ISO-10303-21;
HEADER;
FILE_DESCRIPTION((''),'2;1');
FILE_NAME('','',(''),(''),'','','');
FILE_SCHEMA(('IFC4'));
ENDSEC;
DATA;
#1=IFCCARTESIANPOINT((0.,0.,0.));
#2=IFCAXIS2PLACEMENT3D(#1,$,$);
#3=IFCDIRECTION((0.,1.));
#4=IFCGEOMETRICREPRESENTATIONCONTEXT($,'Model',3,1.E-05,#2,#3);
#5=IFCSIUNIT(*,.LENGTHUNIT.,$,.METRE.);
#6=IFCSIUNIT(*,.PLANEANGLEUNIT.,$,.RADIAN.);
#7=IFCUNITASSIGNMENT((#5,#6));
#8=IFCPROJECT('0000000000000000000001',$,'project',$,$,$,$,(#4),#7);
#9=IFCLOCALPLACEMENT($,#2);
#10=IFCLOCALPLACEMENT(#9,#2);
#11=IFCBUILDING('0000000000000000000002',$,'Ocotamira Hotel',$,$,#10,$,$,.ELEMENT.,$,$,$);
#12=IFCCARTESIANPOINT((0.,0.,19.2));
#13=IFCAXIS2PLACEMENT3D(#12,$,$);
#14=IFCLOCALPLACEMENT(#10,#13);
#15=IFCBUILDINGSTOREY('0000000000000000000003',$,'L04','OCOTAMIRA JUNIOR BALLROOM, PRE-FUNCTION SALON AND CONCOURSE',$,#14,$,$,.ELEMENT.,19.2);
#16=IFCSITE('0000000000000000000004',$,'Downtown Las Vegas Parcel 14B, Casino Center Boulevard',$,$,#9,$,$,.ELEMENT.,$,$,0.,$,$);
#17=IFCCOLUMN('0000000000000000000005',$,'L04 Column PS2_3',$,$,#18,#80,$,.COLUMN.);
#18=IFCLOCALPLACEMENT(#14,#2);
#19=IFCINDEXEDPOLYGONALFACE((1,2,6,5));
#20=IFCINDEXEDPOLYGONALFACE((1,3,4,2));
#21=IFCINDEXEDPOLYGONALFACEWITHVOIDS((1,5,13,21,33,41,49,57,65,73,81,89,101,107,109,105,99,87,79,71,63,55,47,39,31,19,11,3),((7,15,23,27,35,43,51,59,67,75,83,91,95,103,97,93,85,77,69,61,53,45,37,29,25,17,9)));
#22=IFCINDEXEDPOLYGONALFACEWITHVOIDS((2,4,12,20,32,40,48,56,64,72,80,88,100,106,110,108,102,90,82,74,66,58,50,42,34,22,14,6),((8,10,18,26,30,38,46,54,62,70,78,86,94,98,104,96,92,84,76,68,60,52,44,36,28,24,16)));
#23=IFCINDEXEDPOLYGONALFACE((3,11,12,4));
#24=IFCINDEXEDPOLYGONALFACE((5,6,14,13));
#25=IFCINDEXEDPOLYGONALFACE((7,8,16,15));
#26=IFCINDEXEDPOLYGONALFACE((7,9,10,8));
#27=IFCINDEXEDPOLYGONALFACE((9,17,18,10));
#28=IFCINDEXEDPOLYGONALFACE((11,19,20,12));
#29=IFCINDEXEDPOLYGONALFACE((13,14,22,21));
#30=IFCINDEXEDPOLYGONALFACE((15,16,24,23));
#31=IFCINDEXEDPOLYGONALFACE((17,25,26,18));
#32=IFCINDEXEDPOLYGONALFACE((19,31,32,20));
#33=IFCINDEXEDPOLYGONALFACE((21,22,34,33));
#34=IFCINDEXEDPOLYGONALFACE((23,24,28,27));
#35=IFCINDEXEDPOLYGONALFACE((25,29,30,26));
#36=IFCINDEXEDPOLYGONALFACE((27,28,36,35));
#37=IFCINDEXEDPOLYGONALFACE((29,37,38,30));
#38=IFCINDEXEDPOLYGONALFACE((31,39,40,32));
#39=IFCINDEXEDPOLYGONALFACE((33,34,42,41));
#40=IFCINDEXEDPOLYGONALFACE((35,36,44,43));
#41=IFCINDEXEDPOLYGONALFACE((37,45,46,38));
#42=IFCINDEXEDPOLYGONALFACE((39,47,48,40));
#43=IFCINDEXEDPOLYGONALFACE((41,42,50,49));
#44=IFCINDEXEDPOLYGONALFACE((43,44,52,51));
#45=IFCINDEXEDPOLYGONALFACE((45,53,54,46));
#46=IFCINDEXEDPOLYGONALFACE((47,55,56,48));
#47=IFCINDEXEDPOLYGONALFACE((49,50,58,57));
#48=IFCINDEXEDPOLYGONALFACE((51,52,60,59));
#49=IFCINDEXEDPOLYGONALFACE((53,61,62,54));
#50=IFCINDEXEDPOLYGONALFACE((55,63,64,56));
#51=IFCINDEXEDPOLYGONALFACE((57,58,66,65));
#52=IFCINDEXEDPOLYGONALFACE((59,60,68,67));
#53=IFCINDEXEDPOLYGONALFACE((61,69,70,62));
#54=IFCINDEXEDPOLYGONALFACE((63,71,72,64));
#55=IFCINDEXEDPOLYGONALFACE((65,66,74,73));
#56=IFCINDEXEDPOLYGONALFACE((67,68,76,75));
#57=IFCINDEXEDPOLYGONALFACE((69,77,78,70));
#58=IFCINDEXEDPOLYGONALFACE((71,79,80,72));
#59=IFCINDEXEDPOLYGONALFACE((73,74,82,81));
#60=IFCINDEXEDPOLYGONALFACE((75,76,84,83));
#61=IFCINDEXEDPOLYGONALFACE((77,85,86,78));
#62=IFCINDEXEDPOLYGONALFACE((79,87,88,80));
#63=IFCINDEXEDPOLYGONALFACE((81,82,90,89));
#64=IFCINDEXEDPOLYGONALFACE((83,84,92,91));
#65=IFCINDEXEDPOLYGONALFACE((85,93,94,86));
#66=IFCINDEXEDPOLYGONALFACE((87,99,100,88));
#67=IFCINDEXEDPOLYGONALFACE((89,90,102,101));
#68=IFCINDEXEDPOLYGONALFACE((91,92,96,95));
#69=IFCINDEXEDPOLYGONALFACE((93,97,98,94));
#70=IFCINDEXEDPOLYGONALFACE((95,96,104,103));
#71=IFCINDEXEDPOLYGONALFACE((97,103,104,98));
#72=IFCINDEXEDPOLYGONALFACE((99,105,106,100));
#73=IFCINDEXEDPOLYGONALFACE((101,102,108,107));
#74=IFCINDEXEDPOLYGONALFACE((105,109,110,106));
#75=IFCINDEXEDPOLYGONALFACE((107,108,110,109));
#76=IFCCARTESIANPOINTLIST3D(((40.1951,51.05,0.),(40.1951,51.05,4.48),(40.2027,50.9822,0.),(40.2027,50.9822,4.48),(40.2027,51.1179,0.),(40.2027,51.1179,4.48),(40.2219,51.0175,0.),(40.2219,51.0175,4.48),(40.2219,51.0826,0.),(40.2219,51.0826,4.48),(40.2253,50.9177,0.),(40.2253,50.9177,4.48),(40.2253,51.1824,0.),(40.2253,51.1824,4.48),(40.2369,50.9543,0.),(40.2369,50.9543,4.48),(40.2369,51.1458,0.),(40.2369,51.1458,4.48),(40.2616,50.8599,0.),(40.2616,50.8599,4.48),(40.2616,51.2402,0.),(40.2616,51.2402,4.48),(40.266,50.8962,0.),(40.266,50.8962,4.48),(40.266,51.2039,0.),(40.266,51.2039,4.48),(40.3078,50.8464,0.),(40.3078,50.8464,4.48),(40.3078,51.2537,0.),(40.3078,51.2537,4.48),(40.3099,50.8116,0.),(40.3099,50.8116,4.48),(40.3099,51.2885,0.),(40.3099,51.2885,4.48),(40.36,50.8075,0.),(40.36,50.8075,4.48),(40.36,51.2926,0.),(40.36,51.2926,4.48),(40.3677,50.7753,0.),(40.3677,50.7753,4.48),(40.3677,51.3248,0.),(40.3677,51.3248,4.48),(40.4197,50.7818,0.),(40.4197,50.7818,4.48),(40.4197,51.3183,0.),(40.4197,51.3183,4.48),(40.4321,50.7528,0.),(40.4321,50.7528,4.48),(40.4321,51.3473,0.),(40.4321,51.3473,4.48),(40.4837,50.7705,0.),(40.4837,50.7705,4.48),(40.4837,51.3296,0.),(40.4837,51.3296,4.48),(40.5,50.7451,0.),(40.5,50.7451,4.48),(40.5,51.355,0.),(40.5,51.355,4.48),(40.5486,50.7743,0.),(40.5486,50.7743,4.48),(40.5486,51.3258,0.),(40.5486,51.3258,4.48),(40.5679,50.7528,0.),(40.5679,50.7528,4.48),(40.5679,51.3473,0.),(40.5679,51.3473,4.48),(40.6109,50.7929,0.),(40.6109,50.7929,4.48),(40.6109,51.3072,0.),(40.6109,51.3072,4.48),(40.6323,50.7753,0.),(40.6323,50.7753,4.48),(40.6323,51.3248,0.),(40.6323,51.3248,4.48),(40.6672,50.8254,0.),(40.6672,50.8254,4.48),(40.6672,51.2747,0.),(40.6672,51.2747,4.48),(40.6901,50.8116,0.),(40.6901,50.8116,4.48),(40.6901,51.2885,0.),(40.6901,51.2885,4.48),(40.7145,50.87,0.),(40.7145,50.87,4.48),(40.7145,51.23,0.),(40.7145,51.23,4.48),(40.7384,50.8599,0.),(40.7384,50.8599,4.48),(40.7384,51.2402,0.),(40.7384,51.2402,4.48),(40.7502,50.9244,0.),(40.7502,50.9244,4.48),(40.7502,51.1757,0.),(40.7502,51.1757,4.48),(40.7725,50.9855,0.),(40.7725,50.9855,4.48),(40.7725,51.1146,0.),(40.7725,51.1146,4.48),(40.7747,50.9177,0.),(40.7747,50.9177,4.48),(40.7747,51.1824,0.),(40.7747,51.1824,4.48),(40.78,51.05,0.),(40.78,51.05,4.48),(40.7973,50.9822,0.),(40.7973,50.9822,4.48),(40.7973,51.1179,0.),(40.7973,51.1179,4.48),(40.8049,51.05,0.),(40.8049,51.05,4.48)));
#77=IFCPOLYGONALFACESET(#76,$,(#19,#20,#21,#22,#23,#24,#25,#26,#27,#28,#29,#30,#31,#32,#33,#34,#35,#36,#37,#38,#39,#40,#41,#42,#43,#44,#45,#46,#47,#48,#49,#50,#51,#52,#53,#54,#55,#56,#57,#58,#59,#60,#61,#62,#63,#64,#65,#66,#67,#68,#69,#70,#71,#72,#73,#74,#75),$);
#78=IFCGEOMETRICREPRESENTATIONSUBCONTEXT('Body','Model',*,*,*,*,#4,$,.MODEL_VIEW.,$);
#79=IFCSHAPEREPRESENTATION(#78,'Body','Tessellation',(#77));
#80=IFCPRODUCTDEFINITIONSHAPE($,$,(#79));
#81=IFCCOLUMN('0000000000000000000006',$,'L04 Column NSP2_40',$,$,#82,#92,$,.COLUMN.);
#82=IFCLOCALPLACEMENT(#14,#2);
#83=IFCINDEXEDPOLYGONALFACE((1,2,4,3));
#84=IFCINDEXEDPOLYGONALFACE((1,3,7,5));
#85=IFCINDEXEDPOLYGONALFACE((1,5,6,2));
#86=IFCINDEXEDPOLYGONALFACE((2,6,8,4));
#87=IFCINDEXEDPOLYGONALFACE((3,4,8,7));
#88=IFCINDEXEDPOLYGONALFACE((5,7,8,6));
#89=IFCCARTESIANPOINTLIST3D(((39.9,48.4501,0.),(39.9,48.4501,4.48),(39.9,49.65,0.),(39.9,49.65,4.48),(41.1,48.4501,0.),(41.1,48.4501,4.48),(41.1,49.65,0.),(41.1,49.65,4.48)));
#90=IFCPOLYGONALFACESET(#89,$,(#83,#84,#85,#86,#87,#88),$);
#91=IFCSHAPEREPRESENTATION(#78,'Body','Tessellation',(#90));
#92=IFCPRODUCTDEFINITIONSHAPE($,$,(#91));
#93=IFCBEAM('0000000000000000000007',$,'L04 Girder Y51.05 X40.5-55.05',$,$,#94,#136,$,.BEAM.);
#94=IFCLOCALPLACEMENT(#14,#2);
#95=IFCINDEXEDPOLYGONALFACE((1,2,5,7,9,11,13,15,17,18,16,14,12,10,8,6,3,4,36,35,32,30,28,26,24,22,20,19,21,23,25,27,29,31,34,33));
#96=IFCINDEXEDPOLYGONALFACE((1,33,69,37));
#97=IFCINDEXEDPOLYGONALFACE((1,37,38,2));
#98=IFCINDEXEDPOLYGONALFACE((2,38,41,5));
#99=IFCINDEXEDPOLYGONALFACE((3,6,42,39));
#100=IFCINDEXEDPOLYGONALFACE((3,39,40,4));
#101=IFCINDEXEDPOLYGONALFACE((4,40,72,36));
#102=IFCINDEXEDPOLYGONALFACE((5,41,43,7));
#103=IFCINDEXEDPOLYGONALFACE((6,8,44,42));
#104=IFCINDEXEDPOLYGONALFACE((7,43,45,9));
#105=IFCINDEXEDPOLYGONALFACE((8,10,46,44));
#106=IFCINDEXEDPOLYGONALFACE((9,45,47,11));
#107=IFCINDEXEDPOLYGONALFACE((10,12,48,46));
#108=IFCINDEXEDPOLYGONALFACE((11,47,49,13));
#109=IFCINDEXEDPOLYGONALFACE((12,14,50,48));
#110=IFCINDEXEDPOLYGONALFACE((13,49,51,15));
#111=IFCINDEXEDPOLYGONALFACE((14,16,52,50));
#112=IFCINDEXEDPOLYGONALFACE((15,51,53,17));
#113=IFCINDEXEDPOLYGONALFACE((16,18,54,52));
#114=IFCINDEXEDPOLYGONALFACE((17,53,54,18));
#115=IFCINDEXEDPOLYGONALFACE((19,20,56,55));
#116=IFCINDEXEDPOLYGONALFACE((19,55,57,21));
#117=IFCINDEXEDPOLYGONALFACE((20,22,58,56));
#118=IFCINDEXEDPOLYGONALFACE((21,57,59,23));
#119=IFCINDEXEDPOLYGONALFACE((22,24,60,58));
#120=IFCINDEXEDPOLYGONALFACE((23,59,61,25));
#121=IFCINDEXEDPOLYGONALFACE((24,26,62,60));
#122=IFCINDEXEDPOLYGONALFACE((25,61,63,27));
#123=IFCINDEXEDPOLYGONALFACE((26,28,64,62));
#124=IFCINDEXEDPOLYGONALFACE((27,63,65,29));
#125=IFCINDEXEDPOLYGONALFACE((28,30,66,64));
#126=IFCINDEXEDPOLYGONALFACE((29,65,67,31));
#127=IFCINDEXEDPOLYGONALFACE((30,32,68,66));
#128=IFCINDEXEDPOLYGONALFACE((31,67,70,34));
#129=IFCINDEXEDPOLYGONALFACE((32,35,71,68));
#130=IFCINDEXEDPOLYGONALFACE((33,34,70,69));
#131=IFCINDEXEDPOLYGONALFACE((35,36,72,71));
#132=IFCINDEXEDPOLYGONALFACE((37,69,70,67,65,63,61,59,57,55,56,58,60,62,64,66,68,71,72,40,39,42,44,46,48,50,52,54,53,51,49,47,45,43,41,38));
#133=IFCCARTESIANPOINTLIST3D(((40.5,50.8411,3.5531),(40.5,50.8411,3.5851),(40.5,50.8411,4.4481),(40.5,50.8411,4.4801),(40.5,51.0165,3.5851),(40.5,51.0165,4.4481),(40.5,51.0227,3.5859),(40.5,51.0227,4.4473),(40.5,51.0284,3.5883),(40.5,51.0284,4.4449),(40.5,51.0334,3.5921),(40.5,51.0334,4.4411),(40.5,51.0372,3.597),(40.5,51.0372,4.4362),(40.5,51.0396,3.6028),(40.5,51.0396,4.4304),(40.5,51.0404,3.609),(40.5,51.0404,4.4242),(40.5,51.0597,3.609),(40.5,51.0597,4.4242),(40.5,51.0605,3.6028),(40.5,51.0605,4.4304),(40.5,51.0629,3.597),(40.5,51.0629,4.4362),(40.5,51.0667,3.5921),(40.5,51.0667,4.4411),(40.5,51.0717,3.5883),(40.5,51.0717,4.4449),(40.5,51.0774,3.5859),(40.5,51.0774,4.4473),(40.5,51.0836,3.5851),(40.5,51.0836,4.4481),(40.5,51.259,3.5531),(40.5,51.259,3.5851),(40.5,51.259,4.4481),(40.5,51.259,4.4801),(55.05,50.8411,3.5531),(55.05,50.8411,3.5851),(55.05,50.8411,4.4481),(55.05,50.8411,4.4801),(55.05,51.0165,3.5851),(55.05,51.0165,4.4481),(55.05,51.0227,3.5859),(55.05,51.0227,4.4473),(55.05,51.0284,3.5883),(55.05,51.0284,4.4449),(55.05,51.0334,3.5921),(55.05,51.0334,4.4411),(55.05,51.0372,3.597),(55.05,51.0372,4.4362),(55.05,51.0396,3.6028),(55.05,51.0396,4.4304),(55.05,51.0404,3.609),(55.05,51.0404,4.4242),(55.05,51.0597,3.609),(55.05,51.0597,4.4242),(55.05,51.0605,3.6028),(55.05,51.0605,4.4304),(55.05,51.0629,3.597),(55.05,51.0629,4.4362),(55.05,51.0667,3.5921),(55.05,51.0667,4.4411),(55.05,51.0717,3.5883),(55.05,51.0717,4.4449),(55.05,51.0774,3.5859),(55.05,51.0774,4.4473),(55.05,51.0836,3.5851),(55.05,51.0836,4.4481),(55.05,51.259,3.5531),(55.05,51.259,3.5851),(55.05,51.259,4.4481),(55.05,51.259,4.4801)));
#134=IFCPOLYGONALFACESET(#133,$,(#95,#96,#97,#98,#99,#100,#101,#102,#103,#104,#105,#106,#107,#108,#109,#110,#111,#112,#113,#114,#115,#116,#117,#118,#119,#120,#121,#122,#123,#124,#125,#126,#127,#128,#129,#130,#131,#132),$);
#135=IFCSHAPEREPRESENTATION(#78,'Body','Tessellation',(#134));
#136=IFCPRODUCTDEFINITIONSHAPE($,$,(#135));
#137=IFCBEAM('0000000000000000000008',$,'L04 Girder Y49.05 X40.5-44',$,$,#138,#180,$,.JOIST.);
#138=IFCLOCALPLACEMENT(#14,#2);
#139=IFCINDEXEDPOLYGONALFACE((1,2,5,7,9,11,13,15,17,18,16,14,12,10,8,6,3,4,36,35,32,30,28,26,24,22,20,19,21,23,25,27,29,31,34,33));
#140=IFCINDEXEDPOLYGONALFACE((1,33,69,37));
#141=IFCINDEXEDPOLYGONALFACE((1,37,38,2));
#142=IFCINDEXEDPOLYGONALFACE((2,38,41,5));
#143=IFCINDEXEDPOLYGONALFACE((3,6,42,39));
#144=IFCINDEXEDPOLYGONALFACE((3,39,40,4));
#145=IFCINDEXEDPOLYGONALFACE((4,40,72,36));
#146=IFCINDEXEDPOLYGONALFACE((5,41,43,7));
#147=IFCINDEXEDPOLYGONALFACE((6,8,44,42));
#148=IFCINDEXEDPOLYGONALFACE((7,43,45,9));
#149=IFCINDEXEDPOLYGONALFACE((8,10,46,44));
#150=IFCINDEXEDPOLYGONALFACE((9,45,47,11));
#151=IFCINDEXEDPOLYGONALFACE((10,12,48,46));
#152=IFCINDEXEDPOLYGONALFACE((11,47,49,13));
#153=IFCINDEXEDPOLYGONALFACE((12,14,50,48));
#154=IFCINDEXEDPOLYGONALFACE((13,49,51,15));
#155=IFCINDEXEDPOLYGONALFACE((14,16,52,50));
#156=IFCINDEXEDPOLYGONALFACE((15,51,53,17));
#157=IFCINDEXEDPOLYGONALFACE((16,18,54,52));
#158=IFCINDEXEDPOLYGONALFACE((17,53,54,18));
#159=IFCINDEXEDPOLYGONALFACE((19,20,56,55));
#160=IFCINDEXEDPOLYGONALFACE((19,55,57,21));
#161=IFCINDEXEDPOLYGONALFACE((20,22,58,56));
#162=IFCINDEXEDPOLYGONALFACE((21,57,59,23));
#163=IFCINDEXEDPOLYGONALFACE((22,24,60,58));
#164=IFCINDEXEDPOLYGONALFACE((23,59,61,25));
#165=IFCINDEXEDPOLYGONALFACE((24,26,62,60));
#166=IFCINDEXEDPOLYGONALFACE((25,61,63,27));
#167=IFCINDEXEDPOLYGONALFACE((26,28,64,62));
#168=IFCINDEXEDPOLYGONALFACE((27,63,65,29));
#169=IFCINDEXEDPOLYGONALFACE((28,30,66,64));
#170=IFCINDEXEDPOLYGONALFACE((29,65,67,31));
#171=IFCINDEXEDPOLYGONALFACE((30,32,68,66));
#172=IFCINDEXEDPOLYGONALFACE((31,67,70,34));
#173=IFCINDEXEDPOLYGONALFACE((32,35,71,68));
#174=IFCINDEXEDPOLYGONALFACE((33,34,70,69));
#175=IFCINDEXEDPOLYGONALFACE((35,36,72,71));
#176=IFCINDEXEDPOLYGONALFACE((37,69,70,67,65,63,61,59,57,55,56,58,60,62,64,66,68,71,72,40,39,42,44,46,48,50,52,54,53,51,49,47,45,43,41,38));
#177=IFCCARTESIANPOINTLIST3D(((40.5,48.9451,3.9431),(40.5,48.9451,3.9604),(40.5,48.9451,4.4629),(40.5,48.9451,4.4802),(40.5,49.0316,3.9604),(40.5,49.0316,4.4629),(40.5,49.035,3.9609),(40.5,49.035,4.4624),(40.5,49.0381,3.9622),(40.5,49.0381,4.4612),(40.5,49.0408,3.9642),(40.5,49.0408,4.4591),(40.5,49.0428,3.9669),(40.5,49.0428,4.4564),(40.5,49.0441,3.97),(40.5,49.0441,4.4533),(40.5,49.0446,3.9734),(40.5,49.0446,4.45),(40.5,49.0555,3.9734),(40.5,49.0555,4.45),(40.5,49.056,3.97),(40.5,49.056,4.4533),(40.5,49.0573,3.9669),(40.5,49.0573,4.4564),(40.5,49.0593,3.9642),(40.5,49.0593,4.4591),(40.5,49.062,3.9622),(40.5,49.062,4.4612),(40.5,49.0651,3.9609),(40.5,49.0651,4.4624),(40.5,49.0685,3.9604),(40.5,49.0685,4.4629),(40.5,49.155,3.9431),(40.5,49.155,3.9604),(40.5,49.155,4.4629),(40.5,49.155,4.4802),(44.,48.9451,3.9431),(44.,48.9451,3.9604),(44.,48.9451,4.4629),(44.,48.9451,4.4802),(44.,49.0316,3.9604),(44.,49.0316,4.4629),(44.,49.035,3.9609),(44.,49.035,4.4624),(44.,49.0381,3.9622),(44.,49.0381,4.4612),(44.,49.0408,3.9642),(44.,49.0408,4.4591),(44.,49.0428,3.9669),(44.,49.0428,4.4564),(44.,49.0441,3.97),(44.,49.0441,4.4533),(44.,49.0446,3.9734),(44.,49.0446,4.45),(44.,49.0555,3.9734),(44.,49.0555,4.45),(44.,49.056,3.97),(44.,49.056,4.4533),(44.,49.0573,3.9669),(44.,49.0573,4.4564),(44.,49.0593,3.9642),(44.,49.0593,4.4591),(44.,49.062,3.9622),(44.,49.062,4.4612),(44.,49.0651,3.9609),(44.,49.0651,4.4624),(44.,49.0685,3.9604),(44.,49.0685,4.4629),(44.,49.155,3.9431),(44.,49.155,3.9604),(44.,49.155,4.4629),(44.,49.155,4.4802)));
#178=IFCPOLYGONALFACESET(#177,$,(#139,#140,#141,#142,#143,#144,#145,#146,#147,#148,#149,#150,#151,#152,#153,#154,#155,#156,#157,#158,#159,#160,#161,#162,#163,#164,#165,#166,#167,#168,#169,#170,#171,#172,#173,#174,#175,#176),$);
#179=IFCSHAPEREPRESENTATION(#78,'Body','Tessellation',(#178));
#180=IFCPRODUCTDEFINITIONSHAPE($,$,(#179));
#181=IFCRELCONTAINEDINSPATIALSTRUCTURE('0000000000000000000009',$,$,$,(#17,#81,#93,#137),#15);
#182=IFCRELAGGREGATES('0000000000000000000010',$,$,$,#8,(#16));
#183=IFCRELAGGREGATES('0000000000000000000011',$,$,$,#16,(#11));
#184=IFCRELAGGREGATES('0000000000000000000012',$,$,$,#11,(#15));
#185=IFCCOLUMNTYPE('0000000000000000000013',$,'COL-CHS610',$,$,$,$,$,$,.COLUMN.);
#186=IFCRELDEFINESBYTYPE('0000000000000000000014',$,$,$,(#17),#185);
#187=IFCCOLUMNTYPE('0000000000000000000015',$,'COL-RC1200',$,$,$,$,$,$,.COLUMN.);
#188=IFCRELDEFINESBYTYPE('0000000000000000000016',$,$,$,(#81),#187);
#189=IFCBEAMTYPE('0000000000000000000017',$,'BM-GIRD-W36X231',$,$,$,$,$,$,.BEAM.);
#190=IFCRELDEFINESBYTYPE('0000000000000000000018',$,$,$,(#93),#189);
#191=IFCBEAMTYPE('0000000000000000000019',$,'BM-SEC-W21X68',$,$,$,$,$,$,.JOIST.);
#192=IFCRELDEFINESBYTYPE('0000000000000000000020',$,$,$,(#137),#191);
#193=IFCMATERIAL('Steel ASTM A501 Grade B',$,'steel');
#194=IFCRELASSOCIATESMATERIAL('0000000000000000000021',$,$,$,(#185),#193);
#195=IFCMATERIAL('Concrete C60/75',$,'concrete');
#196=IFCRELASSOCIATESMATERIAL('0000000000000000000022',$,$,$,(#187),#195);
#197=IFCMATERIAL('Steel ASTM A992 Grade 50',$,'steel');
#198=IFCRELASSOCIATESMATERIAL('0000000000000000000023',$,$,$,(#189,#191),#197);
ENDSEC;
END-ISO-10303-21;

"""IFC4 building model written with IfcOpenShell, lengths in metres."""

from ifc_helpers import new_model, si_unit, direction, frame, origin, origin_2d, place, context, subcontext, project, spatial, rectangle, hollow_circle, i_section, extrude, source, transform, mapped, material, material_profile, profile_set, type_object, element, save


model = new_model("IFC4")

# Units and contexts
model_context = context("Model", 3, precision=1e-05, world=origin(), true_north=direction((0.0, 1.0)))
body_context = subcontext(model_context, "Body", "Model", "MODEL_VIEW")
ifc_project = project(units=[si_unit("LENGTHUNIT", "METRE"), si_unit("PLANEANGLEUNIT", "RADIAN")], contexts=[model_context])

# Site, building, storey
site_placement = place(None, origin())
site = spatial("IfcSite", under=ifc_project, at=site_placement, Name="Downtown Las Vegas Parcel 14B, Casino Center Boulevard", CompositionType="ELEMENT", RefElevation=0.0)
building_placement = place(site_placement, origin())
building = spatial("IfcBuilding", under=site, at=building_placement, Name="Ocotamira Hotel", CompositionType="ELEMENT")
storey_placement = place(building_placement, frame((0.0, 0.0, 19.2)))
storey = spatial("IfcBuildingStorey", under=building, at=storey_placement, Name="L04", Description="OCOTAMIRA JUNIOR BALLROOM, PRE-FUNCTION SALON AND CONCOURSE", CompositionType="ELEMENT", Elevation=19.2)

# Columns
ifc_material_1 = material(Name="Steel ASTM A501 Grade B", Category="steel")
ifc_material_profile_1 = material_profile(ifc_material_1, hollow_circle(Radius=0.3049, WallThickness=0.0249, at=origin_2d()), Name="CHS610X25")
ifc_profile_set_1 = profile_set([ifc_material_profile_1], Name="Steel ASTM A501 Grade B")
column_type_1 = type_object("IfcColumnType", Name="COL-CHS610", PredefinedType="COLUMN", material=ifc_profile_set_1)
shared_shape_1 = source(origin(), body_context, "Body", "SweptSolid", [
    extrude(hollow_circle(Radius=0.3049, WallThickness=0.0249, at=origin_2d()), origin(), (0.0, 0.0, 1.0), 4.48),
])
column_1_placement = place(storey_placement, frame((40.5, 51.05, 0.0), z_axis=(0.0, 0.0, 1.0), x_axis=(1.0, 0.0, 0.0)))
element("IfcColumn", 1, at=column_1_placement, inside=storey, type_object=column_type_1, Name="L04 Column PS2_3", PredefinedType="COLUMN", context=body_context, shape_type="MappedRepresentation", body=[
    mapped(shared_shape_1, transform((0.0, 0.0, 0.0), scale=1.0)),
])
ifc_material_2 = material(Name="Concrete C60/75", Category="concrete")
ifc_material_profile_2 = material_profile(ifc_material_2, rectangle(XDim=1.2, YDim=1.2, at=origin_2d()), Name="RC1200X1200")
ifc_profile_set_2 = profile_set([ifc_material_profile_2], Name="Concrete C60/75")
column_type_2 = type_object("IfcColumnType", Name="COL-RC1200", PredefinedType="COLUMN", material=ifc_profile_set_2)
shared_shape_2 = source(origin(), body_context, "Body", "SweptSolid", [
    extrude(rectangle(XDim=1.2, YDim=1.2, at=origin_2d()), origin(), (0.0, 0.0, 1.0), 4.48),
])
column_2_placement = place(storey_placement, frame((40.5, 49.05, 0.0), z_axis=(0.0, 0.0, 1.0), x_axis=(1.0, 0.0, 0.0)))
element("IfcColumn", 2, at=column_2_placement, inside=storey, type_object=column_type_2, Name="L04 Column NSP2_40", PredefinedType="COLUMN", context=body_context, shape_type="MappedRepresentation", body=[
    mapped(shared_shape_2, transform((0.0, 0.0, 0.0), scale=1.0)),
])

# Beams
ifc_material_3 = material(Name="Steel ASTM A992 Grade 50", Category="steel")
ifc_material_profile_3 = material_profile(ifc_material_3, i_section(OverallWidth=0.418, OverallDepth=0.927, WebThickness=0.0193, FlangeThickness=0.032, FilletRadius=0.0239, at=origin_2d()), Name="W36X231")
ifc_profile_set_3 = profile_set([ifc_material_profile_3], Name="Steel ASTM A992 Grade 50")
beam_type_1 = type_object("IfcBeamType", Name="BM-GIRD-W36X231", PredefinedType="BEAM", material=ifc_profile_set_3)
shared_shape_3 = source(origin(), body_context, "Body", "SweptSolid", [
    extrude(i_section(OverallWidth=0.418, OverallDepth=0.927, WebThickness=0.0193, FlangeThickness=0.032, FilletRadius=0.0239, at=origin_2d()), origin(), (0.0, 0.0, 1.0), 14.55),
])
beam_1_placement = place(storey_placement, frame((40.5, 51.05, 4.0166), z_axis=(1.0, 0.0, 0.0), x_axis=(0.0, 1.0, 0.0)))
element("IfcBeam", 3, at=beam_1_placement, inside=storey, type_object=beam_type_1, Name="L04 Girder Y51.05 X40.5-55.05", PredefinedType="BEAM", context=body_context, shape_type="MappedRepresentation", body=[
    mapped(shared_shape_3, transform((0.0, 0.0, 0.0), scale=1.0)),
])
ifc_material_profile_4 = material_profile(ifc_material_3, i_section(OverallWidth=0.21, OverallDepth=0.5371, WebThickness=0.011, FlangeThickness=0.0173, FilletRadius=0.0129, at=origin_2d()), Name="W21X68")
ifc_profile_set_4 = profile_set([ifc_material_profile_4], Name="Steel ASTM A992 Grade 50")
beam_type_2 = type_object("IfcBeamType", Name="BM-SEC-W21X68", PredefinedType="JOIST", material=ifc_profile_set_4)
shared_shape_4 = source(origin(), body_context, "Body", "SweptSolid", [
    extrude(i_section(OverallWidth=0.21, OverallDepth=0.5371, WebThickness=0.011, FlangeThickness=0.0173, FilletRadius=0.0129, at=origin_2d()), origin(), (0.0, 0.0, 1.0), 3.5),
])
beam_2_placement = place(storey_placement, frame((40.5, 49.05, 4.2117), z_axis=(1.0, 0.0, 0.0), x_axis=(0.0, 1.0, 0.0)))
element("IfcBeam", 4, at=beam_2_placement, inside=storey, type_object=beam_type_2, Name="L04 Girder Y49.05 X40.5-44", PredefinedType="JOIST", context=body_context, shape_type="MappedRepresentation", body=[
    mapped(shared_shape_4, transform((0.0, 0.0, 0.0), scale=1.0)),
])

save(model, "model.ifc")
